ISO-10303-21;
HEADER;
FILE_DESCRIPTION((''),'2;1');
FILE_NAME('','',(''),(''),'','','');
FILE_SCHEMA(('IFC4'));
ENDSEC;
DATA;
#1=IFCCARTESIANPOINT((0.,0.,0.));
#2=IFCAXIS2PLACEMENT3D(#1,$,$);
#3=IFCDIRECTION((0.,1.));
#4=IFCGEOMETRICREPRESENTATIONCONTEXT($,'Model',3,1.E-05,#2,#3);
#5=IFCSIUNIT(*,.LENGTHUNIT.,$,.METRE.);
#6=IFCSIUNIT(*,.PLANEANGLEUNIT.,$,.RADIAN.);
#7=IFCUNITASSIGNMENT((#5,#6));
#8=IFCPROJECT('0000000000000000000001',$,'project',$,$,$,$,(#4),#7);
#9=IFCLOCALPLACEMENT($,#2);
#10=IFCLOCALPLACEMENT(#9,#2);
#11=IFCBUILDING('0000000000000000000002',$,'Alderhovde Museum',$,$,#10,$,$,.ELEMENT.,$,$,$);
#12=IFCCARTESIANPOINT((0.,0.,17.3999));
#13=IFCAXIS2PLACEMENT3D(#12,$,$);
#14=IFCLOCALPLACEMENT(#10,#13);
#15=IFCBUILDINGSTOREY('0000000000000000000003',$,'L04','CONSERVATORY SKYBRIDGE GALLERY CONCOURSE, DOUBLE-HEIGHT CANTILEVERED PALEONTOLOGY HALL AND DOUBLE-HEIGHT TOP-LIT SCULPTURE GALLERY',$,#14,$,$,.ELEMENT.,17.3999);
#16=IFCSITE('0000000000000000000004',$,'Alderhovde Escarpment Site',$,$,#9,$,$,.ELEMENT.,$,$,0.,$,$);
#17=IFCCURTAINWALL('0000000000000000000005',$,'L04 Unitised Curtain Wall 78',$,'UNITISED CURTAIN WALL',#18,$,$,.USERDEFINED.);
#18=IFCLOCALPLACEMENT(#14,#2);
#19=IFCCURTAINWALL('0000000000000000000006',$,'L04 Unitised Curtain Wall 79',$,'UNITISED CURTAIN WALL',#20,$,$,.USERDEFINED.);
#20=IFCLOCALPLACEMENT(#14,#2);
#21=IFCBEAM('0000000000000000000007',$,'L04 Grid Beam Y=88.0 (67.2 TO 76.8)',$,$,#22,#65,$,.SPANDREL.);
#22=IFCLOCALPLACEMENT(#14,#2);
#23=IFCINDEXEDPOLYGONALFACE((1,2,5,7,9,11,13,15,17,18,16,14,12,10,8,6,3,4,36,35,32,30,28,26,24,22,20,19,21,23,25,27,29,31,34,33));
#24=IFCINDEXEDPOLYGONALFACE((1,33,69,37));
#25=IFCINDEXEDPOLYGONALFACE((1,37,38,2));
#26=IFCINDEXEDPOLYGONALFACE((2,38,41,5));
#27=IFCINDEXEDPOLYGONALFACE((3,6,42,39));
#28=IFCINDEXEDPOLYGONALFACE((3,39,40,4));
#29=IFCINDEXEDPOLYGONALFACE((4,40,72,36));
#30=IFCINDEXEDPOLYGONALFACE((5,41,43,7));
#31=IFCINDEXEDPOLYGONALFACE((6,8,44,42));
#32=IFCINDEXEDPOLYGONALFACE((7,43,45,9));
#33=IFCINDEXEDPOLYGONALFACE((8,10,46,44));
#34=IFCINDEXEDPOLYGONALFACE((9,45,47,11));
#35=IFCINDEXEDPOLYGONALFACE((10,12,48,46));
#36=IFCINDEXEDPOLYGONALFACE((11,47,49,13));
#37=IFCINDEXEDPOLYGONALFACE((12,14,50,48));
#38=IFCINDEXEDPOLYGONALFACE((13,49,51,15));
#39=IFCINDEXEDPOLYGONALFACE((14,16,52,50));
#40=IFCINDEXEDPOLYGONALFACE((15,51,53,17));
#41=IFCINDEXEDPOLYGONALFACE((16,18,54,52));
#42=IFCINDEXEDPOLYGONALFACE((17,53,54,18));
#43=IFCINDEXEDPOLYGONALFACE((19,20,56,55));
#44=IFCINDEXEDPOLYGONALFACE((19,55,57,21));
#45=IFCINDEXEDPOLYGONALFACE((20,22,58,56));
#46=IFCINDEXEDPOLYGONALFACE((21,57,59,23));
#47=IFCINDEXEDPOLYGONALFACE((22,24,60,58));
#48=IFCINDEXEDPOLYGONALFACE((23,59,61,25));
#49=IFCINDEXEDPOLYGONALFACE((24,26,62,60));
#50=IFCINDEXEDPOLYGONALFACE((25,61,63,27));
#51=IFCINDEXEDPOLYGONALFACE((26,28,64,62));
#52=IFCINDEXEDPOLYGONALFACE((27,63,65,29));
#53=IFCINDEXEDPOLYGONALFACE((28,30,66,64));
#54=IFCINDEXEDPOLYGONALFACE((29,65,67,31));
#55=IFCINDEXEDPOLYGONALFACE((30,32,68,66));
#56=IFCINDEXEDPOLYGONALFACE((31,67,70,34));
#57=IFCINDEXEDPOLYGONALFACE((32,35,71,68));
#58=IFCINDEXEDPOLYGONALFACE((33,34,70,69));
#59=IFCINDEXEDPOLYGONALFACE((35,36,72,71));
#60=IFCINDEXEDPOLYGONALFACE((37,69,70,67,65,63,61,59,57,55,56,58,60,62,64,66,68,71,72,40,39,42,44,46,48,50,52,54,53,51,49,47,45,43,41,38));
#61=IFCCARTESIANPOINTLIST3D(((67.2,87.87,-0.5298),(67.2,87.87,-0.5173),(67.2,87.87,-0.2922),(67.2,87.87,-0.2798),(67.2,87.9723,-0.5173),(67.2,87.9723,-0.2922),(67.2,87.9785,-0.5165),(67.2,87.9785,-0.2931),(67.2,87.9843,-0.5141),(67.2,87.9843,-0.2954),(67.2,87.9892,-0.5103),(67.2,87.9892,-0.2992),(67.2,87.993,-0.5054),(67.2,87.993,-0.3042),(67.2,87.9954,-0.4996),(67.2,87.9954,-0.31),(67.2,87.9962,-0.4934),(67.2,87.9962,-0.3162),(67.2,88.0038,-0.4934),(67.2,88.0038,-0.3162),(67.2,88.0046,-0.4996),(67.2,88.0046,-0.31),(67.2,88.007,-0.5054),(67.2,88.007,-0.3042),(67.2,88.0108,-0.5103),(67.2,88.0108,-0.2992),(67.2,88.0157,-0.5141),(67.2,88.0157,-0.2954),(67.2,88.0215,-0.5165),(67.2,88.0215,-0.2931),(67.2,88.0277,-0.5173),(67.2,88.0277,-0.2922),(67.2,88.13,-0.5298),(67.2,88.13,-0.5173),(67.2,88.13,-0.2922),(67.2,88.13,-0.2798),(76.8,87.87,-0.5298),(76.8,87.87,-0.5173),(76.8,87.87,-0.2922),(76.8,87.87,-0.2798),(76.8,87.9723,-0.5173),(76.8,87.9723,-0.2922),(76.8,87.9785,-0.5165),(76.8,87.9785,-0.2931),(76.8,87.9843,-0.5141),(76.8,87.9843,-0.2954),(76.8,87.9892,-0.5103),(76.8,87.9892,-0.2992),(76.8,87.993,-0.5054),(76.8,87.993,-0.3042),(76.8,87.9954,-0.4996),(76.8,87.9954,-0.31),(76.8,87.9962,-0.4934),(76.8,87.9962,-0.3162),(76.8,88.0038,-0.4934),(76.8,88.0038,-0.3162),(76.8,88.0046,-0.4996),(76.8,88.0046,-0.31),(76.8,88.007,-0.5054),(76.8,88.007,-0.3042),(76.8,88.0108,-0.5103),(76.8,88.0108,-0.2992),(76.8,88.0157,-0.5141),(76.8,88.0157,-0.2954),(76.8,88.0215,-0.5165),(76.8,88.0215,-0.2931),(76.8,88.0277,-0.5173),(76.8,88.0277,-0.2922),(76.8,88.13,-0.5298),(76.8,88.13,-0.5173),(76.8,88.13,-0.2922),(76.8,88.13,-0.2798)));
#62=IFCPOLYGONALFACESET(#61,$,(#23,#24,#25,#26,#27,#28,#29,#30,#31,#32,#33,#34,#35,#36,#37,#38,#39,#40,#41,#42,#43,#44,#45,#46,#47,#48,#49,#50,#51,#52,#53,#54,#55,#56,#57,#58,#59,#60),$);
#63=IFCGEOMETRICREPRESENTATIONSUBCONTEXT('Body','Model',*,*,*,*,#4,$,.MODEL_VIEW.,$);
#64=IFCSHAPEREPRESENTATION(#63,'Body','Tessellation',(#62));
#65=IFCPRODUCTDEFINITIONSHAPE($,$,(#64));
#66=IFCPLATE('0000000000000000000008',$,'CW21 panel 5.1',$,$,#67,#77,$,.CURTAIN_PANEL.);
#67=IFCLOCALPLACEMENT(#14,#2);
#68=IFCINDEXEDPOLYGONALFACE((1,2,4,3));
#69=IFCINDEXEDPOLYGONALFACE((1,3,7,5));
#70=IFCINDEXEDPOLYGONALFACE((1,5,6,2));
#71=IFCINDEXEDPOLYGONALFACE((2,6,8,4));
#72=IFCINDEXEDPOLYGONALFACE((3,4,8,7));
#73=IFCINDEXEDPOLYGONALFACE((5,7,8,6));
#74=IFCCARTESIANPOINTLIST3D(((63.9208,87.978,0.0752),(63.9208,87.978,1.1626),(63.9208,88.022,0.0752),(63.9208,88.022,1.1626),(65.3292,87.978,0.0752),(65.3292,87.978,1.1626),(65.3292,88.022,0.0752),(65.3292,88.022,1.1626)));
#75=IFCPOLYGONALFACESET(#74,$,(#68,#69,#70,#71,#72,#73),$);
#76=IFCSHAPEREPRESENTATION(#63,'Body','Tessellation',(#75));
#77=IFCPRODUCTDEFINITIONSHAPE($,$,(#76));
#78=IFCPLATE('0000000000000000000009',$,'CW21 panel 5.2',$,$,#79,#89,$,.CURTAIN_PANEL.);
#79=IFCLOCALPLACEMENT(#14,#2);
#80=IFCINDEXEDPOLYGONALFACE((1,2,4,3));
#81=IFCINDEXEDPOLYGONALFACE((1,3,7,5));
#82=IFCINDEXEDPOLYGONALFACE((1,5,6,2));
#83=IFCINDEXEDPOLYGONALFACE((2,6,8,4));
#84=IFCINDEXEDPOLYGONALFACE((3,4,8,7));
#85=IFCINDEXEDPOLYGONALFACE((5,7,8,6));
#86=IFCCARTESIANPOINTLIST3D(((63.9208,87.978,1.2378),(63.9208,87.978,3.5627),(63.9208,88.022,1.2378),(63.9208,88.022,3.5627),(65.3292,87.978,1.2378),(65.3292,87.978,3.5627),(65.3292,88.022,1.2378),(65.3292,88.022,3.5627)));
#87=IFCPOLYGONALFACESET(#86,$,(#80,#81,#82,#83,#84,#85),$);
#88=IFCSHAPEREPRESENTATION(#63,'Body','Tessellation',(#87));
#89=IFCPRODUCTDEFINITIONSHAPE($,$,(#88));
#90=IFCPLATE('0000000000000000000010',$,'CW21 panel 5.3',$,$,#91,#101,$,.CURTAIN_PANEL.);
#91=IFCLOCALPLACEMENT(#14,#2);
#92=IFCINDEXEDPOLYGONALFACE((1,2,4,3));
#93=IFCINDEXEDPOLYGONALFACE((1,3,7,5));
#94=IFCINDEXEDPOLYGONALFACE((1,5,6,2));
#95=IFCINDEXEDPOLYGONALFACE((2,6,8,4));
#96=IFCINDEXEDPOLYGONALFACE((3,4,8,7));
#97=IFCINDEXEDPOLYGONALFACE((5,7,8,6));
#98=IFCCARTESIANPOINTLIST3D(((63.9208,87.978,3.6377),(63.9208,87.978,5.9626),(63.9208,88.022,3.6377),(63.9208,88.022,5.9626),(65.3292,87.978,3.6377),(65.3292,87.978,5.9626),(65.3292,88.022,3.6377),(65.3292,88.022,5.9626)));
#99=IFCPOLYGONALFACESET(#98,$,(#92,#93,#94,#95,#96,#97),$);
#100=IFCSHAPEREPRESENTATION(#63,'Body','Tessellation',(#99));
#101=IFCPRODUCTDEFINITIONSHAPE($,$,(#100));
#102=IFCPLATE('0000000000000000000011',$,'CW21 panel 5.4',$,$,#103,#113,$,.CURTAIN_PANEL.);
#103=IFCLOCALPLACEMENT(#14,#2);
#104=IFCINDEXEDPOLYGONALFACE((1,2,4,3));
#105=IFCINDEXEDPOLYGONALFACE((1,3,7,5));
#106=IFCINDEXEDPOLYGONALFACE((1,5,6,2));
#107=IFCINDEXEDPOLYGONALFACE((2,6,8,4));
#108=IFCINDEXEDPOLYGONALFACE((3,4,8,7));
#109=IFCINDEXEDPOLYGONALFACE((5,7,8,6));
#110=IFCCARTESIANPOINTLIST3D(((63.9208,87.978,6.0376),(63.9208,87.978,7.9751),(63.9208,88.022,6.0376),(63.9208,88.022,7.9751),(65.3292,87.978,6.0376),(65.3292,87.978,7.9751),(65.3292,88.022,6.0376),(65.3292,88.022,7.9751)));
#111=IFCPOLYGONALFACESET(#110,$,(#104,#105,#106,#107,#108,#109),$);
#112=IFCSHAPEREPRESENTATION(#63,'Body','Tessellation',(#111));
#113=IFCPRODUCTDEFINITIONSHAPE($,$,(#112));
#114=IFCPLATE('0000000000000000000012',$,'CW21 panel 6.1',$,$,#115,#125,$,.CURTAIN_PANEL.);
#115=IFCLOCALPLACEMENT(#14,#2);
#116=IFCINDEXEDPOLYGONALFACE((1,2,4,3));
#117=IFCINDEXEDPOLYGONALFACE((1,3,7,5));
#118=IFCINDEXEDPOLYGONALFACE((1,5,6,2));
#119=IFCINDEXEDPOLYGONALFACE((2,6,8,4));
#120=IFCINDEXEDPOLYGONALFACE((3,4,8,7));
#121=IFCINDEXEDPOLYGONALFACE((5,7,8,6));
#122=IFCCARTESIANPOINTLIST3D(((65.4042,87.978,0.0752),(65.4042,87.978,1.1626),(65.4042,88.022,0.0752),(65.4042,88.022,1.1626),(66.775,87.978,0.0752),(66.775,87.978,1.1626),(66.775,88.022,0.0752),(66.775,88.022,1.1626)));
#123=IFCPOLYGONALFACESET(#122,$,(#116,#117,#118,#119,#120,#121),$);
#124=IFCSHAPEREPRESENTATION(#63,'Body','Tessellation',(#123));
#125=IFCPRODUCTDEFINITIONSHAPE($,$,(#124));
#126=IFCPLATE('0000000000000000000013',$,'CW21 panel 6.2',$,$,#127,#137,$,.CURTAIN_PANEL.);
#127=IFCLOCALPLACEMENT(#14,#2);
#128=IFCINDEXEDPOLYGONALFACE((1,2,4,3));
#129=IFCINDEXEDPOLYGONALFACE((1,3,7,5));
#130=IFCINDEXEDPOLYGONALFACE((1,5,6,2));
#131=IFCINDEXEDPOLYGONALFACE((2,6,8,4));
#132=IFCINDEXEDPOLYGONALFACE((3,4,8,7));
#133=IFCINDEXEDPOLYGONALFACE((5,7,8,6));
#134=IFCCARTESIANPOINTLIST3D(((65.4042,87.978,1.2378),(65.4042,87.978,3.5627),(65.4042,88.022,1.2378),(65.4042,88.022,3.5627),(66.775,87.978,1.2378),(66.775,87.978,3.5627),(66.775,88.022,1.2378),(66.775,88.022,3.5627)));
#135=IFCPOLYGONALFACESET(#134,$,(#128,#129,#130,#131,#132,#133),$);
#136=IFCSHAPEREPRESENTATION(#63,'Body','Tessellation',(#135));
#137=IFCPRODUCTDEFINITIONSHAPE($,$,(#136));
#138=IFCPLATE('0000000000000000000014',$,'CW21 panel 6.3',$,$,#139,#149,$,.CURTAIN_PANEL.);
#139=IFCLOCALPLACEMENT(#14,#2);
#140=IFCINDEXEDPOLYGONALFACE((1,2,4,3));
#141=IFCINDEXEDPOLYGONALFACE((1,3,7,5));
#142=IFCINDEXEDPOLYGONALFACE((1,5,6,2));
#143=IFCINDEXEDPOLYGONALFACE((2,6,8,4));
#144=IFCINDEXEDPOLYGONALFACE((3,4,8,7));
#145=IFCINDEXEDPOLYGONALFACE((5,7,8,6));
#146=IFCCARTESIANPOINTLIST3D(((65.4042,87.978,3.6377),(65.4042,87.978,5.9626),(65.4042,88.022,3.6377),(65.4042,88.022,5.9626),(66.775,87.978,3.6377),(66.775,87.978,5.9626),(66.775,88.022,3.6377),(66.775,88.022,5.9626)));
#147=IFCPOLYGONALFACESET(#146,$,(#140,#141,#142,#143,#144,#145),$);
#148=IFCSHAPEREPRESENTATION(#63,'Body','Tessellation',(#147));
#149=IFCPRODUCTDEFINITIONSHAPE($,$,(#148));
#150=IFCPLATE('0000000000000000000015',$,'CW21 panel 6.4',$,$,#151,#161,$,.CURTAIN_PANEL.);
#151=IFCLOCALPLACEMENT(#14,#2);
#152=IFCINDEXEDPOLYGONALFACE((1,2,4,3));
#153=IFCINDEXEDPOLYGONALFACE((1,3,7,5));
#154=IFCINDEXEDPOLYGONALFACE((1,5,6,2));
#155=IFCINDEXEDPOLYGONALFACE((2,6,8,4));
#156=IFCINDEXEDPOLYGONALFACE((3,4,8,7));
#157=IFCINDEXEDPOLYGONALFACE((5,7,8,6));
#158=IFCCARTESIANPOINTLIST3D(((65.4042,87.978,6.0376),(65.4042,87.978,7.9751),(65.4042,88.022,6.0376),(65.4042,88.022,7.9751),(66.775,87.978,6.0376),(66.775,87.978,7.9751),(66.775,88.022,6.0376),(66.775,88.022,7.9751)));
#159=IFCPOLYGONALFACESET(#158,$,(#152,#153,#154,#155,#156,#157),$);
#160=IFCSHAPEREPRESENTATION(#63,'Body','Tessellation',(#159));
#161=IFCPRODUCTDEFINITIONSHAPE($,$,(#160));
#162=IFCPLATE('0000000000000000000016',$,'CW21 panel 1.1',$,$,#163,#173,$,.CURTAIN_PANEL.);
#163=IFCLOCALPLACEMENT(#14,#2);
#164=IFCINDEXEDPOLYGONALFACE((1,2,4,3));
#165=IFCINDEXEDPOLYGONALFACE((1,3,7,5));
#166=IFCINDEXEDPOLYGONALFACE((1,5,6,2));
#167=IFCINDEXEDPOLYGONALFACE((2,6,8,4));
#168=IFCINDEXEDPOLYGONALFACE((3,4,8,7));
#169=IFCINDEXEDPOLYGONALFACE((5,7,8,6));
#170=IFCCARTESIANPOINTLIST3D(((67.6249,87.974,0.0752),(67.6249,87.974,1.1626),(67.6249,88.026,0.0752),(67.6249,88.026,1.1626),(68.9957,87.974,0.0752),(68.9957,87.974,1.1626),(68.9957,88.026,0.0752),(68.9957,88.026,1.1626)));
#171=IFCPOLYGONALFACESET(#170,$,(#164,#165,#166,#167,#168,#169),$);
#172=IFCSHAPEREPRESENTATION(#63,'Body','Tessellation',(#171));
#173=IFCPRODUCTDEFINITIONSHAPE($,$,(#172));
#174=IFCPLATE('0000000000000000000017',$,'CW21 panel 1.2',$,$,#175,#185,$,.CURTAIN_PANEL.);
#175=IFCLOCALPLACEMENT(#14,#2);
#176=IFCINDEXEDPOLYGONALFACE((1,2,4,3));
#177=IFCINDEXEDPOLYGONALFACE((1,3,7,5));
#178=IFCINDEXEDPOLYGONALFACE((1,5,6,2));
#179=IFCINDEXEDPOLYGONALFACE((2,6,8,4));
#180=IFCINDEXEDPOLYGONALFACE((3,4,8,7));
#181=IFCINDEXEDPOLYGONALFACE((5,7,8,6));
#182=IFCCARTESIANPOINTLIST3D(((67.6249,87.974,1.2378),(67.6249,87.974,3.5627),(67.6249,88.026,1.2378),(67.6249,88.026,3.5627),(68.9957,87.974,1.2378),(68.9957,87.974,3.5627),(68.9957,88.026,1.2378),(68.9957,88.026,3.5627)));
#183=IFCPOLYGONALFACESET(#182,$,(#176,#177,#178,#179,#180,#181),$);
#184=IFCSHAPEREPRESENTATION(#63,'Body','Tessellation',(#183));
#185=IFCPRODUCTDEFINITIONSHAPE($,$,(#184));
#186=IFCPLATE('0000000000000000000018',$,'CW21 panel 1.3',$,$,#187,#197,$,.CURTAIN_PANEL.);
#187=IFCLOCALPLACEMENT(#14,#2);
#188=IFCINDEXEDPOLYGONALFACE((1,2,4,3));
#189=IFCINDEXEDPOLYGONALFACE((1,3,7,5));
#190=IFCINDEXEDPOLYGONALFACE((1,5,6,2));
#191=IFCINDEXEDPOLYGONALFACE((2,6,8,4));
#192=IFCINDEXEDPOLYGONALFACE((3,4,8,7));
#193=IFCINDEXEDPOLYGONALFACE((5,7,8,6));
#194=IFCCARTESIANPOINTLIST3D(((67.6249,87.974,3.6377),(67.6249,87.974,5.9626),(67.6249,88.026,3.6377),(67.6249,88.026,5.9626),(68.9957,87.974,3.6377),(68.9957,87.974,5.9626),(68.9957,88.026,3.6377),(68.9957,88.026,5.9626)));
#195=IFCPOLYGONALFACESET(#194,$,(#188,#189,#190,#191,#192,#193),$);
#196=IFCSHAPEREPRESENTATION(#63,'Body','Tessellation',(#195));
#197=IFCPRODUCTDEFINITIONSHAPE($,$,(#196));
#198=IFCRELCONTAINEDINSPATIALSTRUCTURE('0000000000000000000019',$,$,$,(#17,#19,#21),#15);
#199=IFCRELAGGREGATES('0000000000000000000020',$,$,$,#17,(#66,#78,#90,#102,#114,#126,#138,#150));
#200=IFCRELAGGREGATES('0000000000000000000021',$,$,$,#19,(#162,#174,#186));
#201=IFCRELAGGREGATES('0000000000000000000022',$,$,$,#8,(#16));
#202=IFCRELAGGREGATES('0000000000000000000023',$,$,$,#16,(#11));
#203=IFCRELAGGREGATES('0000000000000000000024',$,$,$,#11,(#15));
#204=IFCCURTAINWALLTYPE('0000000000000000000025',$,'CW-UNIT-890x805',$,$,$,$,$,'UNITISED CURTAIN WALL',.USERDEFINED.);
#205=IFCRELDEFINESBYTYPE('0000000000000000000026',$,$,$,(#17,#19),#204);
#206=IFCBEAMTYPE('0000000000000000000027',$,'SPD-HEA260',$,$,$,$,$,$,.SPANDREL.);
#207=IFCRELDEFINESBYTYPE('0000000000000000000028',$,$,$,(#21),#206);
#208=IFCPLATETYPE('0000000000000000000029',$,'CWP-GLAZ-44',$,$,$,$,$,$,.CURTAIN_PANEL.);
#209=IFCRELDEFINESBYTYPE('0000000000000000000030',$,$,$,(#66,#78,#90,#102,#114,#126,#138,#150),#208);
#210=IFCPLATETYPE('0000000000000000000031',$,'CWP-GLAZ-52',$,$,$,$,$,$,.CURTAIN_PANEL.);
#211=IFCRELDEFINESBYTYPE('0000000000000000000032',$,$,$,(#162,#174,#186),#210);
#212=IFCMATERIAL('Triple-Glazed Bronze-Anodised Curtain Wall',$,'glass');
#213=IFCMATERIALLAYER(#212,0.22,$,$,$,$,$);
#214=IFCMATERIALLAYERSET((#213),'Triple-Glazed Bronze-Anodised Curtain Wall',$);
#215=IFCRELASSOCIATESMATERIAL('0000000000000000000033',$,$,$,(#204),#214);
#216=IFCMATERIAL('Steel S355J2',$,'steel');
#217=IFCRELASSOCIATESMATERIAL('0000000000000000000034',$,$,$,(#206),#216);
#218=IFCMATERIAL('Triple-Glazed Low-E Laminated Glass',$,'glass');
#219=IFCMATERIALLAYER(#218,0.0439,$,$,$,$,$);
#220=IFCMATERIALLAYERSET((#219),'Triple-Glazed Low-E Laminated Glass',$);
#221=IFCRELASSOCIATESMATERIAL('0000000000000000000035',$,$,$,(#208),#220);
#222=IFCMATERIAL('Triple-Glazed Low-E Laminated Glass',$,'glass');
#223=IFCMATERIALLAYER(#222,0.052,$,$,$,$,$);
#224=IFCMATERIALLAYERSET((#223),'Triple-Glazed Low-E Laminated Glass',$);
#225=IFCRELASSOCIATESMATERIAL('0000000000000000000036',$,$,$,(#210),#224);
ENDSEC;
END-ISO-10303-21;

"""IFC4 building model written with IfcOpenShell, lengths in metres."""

from ifc_helpers import new_model, si_unit, direction, frame, origin, origin_2d, place, context, subcontext, project, spatial, rectangle, i_section, extrude, material, layer, layer_set, material_profile, profile_set, type_object, element, aggregate, save


model = new_model("IFC4")

# Units and contexts
model_context = context("Model", 3, precision=1e-05, world=origin(), true_north=direction((0.0, 1.0)))
body_context = subcontext(model_context, "Body", "Model", "MODEL_VIEW")
ifc_project = project(units=[si_unit("LENGTHUNIT", "METRE"), si_unit("PLANEANGLEUNIT", "RADIAN")], contexts=[model_context])

# Site, building, storey
site_placement = place(None, origin())
site = spatial("IfcSite", under=ifc_project, at=site_placement, Name="Alderhovde Escarpment Site", CompositionType="ELEMENT", RefElevation=0.0)
building_placement = place(site_placement, origin())
building = spatial("IfcBuilding", under=site, at=building_placement, Name="Alderhovde Museum", CompositionType="ELEMENT")
storey_placement = place(building_placement, frame((0.0, 0.0, 17.3999)))
storey = spatial("IfcBuildingStorey", under=building, at=storey_placement, Name="L04", Description="CONSERVATORY SKYBRIDGE GALLERY CONCOURSE, DOUBLE-HEIGHT CANTILEVERED PALEONTOLOGY HALL AND DOUBLE-HEIGHT TOP-LIT SCULPTURE GALLERY", CompositionType="ELEMENT", Elevation=17.3999)

# Curtain walls
ifc_material_1 = material(Name="Triple-Glazed Bronze-Anodised Curtain Wall", Category="glass")
ifc_layer_1 = layer(ifc_material_1, 0.22)
ifc_layer_set_1 = layer_set([ifc_layer_1], Name="Triple-Glazed Bronze-Anodised Curtain Wall")
curtain_wall_type = type_object("IfcCurtainWallType", Name="CW-UNIT-890x805", ElementType="UNITISED CURTAIN WALL", PredefinedType="USERDEFINED", material=ifc_layer_set_1)
curtain_wall_1_placement = place(storey_placement, origin())
curtain_wall_1 = element("IfcCurtainWall", 1, at=curtain_wall_1_placement, inside=storey, type_object=curtain_wall_type, Name="L04 Unitised Curtain Wall 78", ObjectType="UNITISED CURTAIN WALL", PredefinedType="USERDEFINED")
curtain_wall_2_placement = place(storey_placement, origin())
curtain_wall_2 = element("IfcCurtainWall", 2, at=curtain_wall_2_placement, inside=storey, type_object=curtain_wall_type, Name="L04 Unitised Curtain Wall 79", ObjectType="UNITISED CURTAIN WALL", PredefinedType="USERDEFINED")

# Beam
ifc_material_2 = material(Name="Steel S355J2", Category="steel")
ifc_material_profile_1 = material_profile(ifc_material_2, i_section(OverallWidth=0.26, OverallDepth=0.25, WebThickness=0.0076, FlangeThickness=0.0125, FilletRadius=0.0239, at=origin_2d()), Name="HEA 260")
ifc_profile_set_1 = profile_set([ifc_material_profile_1], Name="Steel S355J2")
beam_type_1 = type_object("IfcBeamType", Name="SPD-HEA260", PredefinedType="SPANDREL", material=ifc_profile_set_1)
beam_placement = place(storey_placement, frame((67.2, 88.0, -0.4048), z_axis=(1.0, 0.0, 0.0), x_axis=(0.0, 1.0, 0.0)))
element("IfcBeam", 3, at=beam_placement, inside=storey, type_object=beam_type_1, Name="L04 Grid Beam Y=88.0 (67.2 TO 76.8)", PredefinedType="SPANDREL", context=body_context, shape_type="SweptSolid", body=[
    extrude(i_section(OverallWidth=0.26, OverallDepth=0.25, WebThickness=0.0076, FlangeThickness=0.0125, FilletRadius=0.0239, at=origin_2d()), origin(), (0.0, 0.0, 1.0), 9.6001),
])

# Plates
ifc_material_3 = material(Name="Triple-Glazed Low-E Laminated Glass", Category="glass")
ifc_layer_2 = layer(ifc_material_3, 0.0439)
ifc_layer_set_2 = layer_set([ifc_layer_2], Name="Triple-Glazed Low-E Laminated Glass")
plate_type_1 = type_object("IfcPlateType", Name="CWP-GLAZ-44", PredefinedType="CURTAIN_PANEL", material=ifc_layer_set_2)
plate_1_placement = place(storey_placement, frame((64.625, 88.0, 0.0752), z_axis=(0.0, 0.0, 1.0), x_axis=(1.0, 0.0, 0.0)))
plate_1 = element("IfcPlate", 4, at=plate_1_placement, type_object=plate_type_1, Name="CW21 panel 5.1", PredefinedType="CURTAIN_PANEL", context=body_context, shape_type="SweptSolid", body=[
    extrude(rectangle(XDim=1.4084, YDim=0.0439, at=origin_2d()), origin(), (0.0, 0.0, 1.0), 1.0874),
])
plate_2_placement = place(storey_placement, frame((64.625, 88.0, 1.2378), z_axis=(0.0, 0.0, 1.0), x_axis=(1.0, 0.0, 0.0)))
plate_2 = element("IfcPlate", 5, at=plate_2_placement, type_object=plate_type_1, Name="CW21 panel 5.2", PredefinedType="CURTAIN_PANEL", context=body_context, shape_type="SweptSolid", body=[
    extrude(rectangle(XDim=1.4084, YDim=0.0439, at=origin_2d()), origin(), (0.0, 0.0, 1.0), 2.325),
])
plate_3_placement = place(storey_placement, frame((64.625, 88.0, 3.6377), z_axis=(0.0, 0.0, 1.0), x_axis=(1.0, 0.0, 0.0)))
plate_3 = element("IfcPlate", 6, at=plate_3_placement, type_object=plate_type_1, Name="CW21 panel 5.3", PredefinedType="CURTAIN_PANEL", context=body_context, shape_type="SweptSolid", body=[
    extrude(rectangle(XDim=1.4084, YDim=0.0439, at=origin_2d()), origin(), (0.0, 0.0, 1.0), 2.325),
])
plate_4_placement = place(storey_placement, frame((64.625, 88.0, 6.0376), z_axis=(0.0, 0.0, 1.0), x_axis=(1.0, 0.0, 0.0)))
plate_4 = element("IfcPlate", 7, at=plate_4_placement, type_object=plate_type_1, Name="CW21 panel 5.4", PredefinedType="CURTAIN_PANEL", context=body_context, shape_type="SweptSolid", body=[
    extrude(rectangle(XDim=1.4084, YDim=0.0439, at=origin_2d()), origin(), (0.0, 0.0, 1.0), 1.9375),
])
plate_5_placement = place(storey_placement, frame((66.0896, 88.0, 0.0752), z_axis=(0.0, 0.0, 1.0), x_axis=(1.0, 0.0, 0.0)))
plate_5 = element("IfcPlate", 8, at=plate_5_placement, type_object=plate_type_1, Name="CW21 panel 6.1", PredefinedType="CURTAIN_PANEL", context=body_context, shape_type="SweptSolid", body=[
    extrude(rectangle(XDim=1.3708, YDim=0.0439, at=origin_2d()), origin(), (0.0, 0.0, 1.0), 1.0874),
])
plate_6_placement = place(storey_placement, frame((66.0896, 88.0, 1.2378), z_axis=(0.0, 0.0, 1.0), x_axis=(1.0, 0.0, 0.0)))
plate_6 = element("IfcPlate", 9, at=plate_6_placement, type_object=plate_type_1, Name="CW21 panel 6.2", PredefinedType="CURTAIN_PANEL", context=body_context, shape_type="SweptSolid", body=[
    extrude(rectangle(XDim=1.3708, YDim=0.0439, at=origin_2d()), origin(), (0.0, 0.0, 1.0), 2.325),
])
plate_7_placement = place(storey_placement, frame((66.0896, 88.0, 3.6377), z_axis=(0.0, 0.0, 1.0), x_axis=(1.0, 0.0, 0.0)))
plate_7 = element("IfcPlate", 10, at=plate_7_placement, type_object=plate_type_1, Name="CW21 panel 6.3", PredefinedType="CURTAIN_PANEL", context=body_context, shape_type="SweptSolid", body=[
    extrude(rectangle(XDim=1.3708, YDim=0.0439, at=origin_2d()), origin(), (0.0, 0.0, 1.0), 2.325),
])
plate_8_placement = place(storey_placement, frame((66.0896, 88.0, 6.0376), z_axis=(0.0, 0.0, 1.0), x_axis=(1.0, 0.0, 0.0)))
plate_8 = element("IfcPlate", 11, at=plate_8_placement, type_object=plate_type_1, Name="CW21 panel 6.4", PredefinedType="CURTAIN_PANEL", context=body_context, shape_type="SweptSolid", body=[
    extrude(rectangle(XDim=1.3708, YDim=0.0439, at=origin_2d()), origin(), (0.0, 0.0, 1.0), 1.9375),
])
aggregate(curtain_wall_1, [plate_1, plate_2, plate_3, plate_4, plate_5, plate_6, plate_7, plate_8])
ifc_material_4 = material(Name="Triple-Glazed Low-E Laminated Glass", Category="glass")
ifc_layer_3 = layer(ifc_material_4, 0.052)
ifc_layer_set_3 = layer_set([ifc_layer_3], Name="Triple-Glazed Low-E Laminated Glass")
plate_type_2 = type_object("IfcPlateType", Name="CWP-GLAZ-52", PredefinedType="CURTAIN_PANEL", material=ifc_layer_set_3)
plate_9_placement = place(storey_placement, frame((68.3103, 88.0, 0.0752), z_axis=(0.0, 0.0, 1.0), x_axis=(1.0, 0.0, 0.0)))
plate_9 = element("IfcPlate", 12, at=plate_9_placement, type_object=plate_type_2, Name="CW21 panel 1.1", PredefinedType="CURTAIN_PANEL", context=body_context, shape_type="SweptSolid", body=[
    extrude(rectangle(XDim=1.3708, YDim=0.052, at=origin_2d()), origin(), (0.0, 0.0, 1.0), 1.0874),
])
plate_10_placement = place(storey_placement, frame((68.3103, 88.0, 1.2378), z_axis=(0.0, 0.0, 1.0), x_axis=(1.0, 0.0, 0.0)))
plate_10 = element("IfcPlate", 13, at=plate_10_placement, type_object=plate_type_2, Name="CW21 panel 1.2", PredefinedType="CURTAIN_PANEL", context=body_context, shape_type="SweptSolid", body=[
    extrude(rectangle(XDim=1.3708, YDim=0.052, at=origin_2d()), origin(), (0.0, 0.0, 1.0), 2.325),
])
plate_11_placement = place(storey_placement, frame((68.3103, 88.0, 3.6377), z_axis=(0.0, 0.0, 1.0), x_axis=(1.0, 0.0, 0.0)))
plate_11 = element("IfcPlate", 14, at=plate_11_placement, type_object=plate_type_2, Name="CW21 panel 1.3", PredefinedType="CURTAIN_PANEL", context=body_context, shape_type="SweptSolid", body=[
    extrude(rectangle(XDim=1.3708, YDim=0.052, at=origin_2d()), origin(), (0.0, 0.0, 1.0), 2.325),
])
aggregate(curtain_wall_2, [plate_9, plate_10, plate_11])

save(model, "model.ifc")
